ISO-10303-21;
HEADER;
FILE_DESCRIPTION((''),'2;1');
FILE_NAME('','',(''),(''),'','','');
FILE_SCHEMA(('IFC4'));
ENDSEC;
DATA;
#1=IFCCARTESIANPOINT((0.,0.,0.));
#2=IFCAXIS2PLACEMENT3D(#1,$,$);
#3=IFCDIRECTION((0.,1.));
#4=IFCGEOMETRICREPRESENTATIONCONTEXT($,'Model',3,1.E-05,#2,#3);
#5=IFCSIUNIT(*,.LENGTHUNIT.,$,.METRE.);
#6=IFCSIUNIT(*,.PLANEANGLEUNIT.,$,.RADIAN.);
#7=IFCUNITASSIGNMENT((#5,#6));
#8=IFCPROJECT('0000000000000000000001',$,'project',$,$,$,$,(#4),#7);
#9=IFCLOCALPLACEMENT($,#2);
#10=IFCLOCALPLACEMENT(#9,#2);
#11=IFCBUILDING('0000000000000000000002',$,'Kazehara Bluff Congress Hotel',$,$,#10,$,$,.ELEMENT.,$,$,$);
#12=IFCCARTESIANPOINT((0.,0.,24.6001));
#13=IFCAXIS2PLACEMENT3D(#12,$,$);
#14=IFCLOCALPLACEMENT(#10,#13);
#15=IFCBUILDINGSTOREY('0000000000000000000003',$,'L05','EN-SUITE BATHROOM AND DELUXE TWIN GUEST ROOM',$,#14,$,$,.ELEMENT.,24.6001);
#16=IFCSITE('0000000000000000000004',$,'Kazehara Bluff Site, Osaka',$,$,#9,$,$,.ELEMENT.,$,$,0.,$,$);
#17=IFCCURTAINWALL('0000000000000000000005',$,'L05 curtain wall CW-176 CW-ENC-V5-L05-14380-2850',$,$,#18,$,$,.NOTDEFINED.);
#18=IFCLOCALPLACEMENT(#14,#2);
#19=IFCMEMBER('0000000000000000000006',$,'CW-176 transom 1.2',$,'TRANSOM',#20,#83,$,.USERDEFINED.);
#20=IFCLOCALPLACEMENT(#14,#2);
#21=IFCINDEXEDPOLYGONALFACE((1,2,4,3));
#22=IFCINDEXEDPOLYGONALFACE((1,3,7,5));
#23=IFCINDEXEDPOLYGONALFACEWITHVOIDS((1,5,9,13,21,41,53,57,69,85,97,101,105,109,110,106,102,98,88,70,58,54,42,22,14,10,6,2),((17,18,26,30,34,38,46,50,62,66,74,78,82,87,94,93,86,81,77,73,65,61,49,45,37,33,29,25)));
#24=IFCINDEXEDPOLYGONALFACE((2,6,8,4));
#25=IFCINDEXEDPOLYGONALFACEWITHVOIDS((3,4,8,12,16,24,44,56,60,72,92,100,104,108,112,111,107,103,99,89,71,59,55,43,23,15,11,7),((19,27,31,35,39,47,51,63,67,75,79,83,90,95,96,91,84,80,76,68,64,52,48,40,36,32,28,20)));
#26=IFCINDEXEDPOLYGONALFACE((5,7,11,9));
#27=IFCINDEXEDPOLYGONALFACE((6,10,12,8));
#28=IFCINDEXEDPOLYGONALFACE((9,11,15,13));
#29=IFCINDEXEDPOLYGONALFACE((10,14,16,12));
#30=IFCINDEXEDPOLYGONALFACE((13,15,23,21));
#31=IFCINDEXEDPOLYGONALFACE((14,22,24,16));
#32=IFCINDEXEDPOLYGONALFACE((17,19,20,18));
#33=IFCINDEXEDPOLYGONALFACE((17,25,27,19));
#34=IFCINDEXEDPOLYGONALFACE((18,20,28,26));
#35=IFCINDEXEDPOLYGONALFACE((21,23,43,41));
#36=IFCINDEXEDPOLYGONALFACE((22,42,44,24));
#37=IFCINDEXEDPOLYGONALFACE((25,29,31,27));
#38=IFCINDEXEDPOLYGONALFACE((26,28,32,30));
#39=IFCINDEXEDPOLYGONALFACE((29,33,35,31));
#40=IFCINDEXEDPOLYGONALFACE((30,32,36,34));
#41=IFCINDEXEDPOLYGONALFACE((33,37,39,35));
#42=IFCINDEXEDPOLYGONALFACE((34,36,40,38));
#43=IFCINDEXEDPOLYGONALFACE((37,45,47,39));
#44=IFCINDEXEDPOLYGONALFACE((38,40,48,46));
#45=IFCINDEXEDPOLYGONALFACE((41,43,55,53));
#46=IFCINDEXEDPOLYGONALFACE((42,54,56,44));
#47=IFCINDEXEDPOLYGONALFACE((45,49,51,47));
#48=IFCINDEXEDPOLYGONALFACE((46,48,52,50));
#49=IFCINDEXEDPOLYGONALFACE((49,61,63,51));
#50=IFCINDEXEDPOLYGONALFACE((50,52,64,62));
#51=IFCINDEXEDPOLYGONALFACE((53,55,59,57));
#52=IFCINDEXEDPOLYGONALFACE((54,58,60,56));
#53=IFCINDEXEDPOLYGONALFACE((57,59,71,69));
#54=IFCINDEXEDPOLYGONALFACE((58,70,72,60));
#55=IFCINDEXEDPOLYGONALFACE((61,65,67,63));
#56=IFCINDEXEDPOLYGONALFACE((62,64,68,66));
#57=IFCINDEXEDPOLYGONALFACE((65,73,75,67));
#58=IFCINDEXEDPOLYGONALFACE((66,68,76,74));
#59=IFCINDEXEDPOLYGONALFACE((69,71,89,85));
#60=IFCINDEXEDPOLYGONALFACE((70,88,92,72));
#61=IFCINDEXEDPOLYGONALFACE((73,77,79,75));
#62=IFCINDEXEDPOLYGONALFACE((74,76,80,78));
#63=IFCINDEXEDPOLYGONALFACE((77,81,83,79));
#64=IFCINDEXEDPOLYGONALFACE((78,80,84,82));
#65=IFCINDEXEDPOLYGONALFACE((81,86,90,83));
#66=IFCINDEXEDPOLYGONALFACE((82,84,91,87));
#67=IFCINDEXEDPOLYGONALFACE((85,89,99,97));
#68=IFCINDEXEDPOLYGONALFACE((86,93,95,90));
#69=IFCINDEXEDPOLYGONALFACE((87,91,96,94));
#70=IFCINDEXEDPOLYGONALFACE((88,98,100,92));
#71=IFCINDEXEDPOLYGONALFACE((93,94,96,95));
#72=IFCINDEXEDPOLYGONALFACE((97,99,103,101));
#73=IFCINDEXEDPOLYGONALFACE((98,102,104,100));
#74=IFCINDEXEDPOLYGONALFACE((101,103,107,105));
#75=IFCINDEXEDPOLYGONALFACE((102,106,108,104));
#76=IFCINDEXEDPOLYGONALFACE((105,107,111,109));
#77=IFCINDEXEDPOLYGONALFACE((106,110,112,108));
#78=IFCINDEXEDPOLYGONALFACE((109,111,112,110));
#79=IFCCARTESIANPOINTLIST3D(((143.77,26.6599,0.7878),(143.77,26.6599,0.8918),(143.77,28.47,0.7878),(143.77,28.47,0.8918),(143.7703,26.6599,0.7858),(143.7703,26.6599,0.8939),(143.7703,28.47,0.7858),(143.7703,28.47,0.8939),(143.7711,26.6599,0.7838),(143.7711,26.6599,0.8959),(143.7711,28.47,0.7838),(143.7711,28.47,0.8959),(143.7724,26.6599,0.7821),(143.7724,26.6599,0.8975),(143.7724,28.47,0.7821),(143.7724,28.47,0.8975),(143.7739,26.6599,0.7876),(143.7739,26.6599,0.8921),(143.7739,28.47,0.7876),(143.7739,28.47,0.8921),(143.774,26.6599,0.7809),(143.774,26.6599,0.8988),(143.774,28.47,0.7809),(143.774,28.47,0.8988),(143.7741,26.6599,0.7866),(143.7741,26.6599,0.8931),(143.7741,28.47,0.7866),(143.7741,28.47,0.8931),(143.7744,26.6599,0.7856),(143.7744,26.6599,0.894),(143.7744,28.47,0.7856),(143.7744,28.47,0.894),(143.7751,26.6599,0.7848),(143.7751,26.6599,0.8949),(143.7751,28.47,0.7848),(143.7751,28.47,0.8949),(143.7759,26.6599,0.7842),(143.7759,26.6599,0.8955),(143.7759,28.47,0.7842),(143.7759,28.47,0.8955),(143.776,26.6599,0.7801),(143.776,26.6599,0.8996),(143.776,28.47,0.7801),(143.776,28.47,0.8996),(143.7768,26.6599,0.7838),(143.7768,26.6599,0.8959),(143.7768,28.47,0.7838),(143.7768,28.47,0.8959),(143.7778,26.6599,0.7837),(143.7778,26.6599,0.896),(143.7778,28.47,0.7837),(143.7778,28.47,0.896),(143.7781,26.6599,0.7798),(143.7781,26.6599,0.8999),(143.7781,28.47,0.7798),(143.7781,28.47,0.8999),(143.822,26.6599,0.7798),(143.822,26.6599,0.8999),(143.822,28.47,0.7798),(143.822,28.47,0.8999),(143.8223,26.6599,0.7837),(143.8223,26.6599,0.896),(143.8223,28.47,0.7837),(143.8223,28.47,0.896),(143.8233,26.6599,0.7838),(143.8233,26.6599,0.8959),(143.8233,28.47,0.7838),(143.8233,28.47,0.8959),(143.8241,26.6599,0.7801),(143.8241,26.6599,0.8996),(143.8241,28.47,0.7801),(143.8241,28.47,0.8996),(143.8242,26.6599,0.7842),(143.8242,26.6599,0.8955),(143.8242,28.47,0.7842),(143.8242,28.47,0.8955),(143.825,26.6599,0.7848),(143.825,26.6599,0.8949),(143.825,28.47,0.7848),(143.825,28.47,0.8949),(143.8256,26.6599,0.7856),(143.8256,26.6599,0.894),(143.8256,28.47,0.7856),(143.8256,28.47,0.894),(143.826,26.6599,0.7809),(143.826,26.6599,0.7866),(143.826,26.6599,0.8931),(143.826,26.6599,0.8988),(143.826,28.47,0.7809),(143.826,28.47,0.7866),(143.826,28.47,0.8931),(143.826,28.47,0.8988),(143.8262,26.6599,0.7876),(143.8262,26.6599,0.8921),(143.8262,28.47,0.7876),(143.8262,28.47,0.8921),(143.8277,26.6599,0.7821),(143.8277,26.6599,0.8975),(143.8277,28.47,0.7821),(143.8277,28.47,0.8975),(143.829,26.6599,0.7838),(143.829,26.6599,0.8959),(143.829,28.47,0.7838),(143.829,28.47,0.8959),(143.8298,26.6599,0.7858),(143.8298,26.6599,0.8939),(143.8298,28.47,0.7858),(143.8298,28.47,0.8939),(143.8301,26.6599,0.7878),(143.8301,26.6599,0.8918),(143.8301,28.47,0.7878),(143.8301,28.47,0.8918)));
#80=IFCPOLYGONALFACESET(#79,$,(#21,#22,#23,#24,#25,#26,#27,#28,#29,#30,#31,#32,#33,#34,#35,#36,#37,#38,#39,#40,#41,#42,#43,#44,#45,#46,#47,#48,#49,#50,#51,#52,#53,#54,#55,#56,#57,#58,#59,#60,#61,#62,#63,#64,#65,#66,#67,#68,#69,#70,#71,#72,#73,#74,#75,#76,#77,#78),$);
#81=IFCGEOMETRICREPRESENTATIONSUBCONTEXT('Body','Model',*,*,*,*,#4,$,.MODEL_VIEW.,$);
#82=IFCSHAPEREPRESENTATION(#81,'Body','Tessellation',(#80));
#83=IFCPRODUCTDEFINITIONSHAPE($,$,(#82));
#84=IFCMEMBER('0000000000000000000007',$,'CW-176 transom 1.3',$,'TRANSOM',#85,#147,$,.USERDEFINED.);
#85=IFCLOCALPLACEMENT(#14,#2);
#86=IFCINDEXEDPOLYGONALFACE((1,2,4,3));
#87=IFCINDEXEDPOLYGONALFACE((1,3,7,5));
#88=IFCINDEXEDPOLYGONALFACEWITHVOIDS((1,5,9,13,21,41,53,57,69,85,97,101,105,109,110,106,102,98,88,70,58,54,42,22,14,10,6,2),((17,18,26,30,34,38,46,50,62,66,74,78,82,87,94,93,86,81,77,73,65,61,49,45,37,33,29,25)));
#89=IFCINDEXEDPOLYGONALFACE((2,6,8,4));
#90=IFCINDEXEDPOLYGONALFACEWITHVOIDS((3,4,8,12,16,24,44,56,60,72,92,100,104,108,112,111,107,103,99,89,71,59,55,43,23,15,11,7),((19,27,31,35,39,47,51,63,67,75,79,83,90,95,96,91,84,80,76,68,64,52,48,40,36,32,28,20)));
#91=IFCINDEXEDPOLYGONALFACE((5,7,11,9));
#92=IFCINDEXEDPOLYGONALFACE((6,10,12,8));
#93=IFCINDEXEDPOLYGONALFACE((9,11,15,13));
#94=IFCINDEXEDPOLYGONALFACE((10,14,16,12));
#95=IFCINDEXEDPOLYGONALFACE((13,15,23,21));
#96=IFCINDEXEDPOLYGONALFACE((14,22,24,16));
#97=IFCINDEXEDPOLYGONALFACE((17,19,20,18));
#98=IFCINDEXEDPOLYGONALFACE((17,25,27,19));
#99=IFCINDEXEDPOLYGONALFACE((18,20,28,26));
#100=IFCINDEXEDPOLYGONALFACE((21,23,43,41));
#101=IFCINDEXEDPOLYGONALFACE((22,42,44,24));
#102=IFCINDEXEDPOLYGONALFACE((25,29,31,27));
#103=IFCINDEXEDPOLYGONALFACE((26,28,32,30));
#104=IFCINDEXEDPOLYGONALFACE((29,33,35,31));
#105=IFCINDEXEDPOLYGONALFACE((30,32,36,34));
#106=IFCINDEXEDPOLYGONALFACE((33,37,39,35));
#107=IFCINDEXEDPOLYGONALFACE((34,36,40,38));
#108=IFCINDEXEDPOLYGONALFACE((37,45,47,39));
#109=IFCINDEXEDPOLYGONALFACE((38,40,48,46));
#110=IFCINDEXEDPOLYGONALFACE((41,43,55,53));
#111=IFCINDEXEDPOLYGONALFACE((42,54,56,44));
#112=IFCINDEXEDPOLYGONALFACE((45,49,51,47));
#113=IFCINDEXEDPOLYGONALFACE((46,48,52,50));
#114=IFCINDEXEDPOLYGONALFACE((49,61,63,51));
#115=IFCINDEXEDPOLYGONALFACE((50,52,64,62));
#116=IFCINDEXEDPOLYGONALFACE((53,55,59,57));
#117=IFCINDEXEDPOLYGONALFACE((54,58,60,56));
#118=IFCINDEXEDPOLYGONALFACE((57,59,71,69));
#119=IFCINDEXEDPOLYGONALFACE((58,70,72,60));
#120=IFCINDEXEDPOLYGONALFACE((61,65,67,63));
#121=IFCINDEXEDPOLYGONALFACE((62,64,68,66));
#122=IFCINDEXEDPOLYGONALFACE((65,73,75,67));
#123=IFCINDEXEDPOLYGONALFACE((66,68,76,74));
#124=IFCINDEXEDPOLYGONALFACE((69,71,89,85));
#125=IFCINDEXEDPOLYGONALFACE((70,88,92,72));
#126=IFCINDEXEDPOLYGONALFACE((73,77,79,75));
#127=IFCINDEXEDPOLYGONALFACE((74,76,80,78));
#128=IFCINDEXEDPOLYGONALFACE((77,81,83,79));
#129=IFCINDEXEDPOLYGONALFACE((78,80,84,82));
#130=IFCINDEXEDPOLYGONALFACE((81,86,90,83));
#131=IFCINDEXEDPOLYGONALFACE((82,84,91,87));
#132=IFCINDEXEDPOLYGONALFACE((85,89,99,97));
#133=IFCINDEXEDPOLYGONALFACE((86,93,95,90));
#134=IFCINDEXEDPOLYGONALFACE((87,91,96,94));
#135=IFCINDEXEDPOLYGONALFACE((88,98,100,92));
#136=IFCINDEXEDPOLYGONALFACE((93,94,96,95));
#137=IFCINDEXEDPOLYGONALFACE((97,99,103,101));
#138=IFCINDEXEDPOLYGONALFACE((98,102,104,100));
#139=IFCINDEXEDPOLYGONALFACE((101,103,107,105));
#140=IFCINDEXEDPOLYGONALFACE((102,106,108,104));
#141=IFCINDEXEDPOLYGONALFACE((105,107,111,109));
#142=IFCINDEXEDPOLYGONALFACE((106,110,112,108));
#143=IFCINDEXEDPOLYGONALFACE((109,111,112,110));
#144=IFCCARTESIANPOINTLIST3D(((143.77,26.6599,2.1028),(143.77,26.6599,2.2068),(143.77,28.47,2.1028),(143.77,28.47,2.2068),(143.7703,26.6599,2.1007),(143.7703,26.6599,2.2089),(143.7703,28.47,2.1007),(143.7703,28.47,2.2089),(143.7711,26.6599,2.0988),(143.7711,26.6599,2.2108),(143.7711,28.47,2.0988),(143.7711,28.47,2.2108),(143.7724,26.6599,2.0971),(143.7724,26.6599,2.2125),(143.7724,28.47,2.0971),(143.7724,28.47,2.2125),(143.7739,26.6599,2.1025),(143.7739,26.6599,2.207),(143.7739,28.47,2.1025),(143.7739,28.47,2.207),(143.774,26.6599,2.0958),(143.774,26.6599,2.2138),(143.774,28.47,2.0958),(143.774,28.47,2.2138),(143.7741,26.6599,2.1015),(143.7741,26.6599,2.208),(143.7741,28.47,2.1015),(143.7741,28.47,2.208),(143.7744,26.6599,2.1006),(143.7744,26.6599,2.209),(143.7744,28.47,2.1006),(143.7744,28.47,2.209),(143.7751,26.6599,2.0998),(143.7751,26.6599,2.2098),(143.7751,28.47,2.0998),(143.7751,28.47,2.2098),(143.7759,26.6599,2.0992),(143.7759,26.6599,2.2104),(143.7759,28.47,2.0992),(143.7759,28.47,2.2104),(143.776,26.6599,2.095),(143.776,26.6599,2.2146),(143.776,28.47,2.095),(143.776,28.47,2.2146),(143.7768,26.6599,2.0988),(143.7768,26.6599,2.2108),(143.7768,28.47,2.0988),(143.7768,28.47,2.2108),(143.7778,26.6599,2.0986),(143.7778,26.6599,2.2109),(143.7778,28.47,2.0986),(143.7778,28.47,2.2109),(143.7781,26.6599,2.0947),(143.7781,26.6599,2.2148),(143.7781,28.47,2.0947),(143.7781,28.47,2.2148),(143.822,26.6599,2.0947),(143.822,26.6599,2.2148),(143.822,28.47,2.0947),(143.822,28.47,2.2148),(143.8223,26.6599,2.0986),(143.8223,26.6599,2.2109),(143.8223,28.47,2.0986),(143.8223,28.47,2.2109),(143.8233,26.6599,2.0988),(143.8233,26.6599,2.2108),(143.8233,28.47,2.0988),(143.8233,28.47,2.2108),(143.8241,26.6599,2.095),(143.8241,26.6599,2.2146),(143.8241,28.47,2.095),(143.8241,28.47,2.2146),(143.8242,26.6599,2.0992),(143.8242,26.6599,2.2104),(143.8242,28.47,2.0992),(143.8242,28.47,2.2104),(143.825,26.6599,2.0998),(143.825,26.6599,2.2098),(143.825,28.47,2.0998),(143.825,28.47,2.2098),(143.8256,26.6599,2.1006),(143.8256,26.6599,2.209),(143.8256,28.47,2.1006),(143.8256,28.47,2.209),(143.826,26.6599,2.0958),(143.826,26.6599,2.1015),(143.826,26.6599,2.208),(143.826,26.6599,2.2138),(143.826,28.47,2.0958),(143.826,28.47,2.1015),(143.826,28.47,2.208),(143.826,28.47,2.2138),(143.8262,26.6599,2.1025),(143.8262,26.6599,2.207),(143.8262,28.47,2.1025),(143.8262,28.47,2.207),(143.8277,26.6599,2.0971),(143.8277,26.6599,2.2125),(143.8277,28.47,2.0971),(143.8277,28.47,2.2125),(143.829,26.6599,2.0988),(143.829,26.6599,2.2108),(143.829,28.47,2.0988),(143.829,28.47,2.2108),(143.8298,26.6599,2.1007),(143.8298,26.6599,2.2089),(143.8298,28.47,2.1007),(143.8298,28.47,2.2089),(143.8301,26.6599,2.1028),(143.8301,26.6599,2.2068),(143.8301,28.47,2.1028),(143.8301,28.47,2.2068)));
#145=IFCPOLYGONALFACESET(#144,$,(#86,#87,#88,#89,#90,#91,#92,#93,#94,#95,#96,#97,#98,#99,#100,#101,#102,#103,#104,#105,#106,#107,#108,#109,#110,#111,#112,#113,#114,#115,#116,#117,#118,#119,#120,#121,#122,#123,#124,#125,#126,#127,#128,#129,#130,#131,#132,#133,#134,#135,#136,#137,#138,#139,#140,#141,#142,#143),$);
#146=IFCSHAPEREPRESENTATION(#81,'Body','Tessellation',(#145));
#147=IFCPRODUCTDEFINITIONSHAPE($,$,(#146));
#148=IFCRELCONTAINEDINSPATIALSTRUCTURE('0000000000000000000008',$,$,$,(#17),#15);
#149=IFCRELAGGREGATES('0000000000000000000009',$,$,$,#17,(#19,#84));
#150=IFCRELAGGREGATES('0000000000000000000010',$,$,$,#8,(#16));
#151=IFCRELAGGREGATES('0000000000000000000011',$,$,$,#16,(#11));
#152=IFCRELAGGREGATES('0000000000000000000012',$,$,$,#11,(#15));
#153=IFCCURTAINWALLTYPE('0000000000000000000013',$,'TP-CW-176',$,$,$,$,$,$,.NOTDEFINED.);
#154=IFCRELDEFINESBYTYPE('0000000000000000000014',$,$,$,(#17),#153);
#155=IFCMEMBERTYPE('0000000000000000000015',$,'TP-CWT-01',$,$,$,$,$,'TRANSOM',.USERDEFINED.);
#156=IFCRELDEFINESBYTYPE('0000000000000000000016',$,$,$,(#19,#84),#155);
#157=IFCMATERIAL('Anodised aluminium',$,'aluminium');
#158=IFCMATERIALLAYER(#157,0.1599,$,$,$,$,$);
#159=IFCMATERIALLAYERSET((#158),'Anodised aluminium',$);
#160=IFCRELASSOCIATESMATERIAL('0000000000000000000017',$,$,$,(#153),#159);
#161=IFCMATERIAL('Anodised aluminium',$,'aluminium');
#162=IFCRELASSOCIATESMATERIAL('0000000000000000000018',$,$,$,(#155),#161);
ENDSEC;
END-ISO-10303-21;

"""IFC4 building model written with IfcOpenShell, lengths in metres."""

from ifc_helpers import new_model, si_unit, direction, frame, origin, origin_2d, place, context, subcontext, project, spatial, hollow_rectangle, extrude, material, layer, layer_set, material_profile, profile_set, type_object, element, aggregate, save


model = new_model("IFC4")

# Units and contexts
model_context = context("Model", 3, precision=1e-05, world=origin(), true_north=direction((0.0, 1.0)))
body_context = subcontext(model_context, "Body", "Model", "MODEL_VIEW")
ifc_project = project(units=[si_unit("LENGTHUNIT", "METRE"), si_unit("PLANEANGLEUNIT", "RADIAN")], contexts=[model_context])

# Site, building, storey
site_placement = place(None, origin())
site = spatial("IfcSite", under=ifc_project, at=site_placement, Name="Kazehara Bluff Site, Osaka", CompositionType="ELEMENT", RefElevation=0.0)
building_placement = place(site_placement, origin())
building = spatial("IfcBuilding", under=site, at=building_placement, Name="Kazehara Bluff Congress Hotel", CompositionType="ELEMENT")
storey_placement = place(building_placement, frame((0.0, 0.0, 24.6001)))
storey = spatial("IfcBuildingStorey", under=building, at=storey_placement, Name="L05", Description="EN-SUITE BATHROOM AND DELUXE TWIN GUEST ROOM", CompositionType="ELEMENT", Elevation=24.6001)

# Curtain wall, members
ifc_material_1 = material(Name="Anodised aluminium", Category="aluminium")
ifc_layer_1 = layer(ifc_material_1, 0.1599)
ifc_layer_set_1 = layer_set([ifc_layer_1], Name="Anodised aluminium")
curtain_wall_type = type_object("IfcCurtainWallType", Name="TP-CW-176", PredefinedType="NOTDEFINED", material=ifc_layer_set_1)
curtain_wall_placement = place(storey_placement, origin())
curtain_wall = element("IfcCurtainWall", 1, at=curtain_wall_placement, inside=storey, type_object=curtain_wall_type, Name="L05 curtain wall CW-176 CW-ENC-V5-L05-14380-2850", PredefinedType="NOTDEFINED")
ifc_material_2 = material(Name="Anodised aluminium", Category="aluminium")
ifc_material_profile_1 = material_profile(ifc_material_2, hollow_rectangle(XDim=0.0601, YDim=0.1201, WallThickness=0.0039, InnerFilletRadius=0.0039, OuterFilletRadius=0.0081, at=origin_2d()))
ifc_profile_set_1 = profile_set([ifc_material_profile_1], Name="Anodised aluminium")
member_type_1 = type_object("IfcMemberType", Name="TP-CWT-01", ElementType="TRANSOM", PredefinedType="USERDEFINED", material=ifc_profile_set_1)
member_1_placement = place(storey_placement, frame((143.8, 26.6599, 0.8398), z_axis=(0.0, 1.0, 0.0), x_axis=(-1.0, 0.0, 0.0)))
member_1 = element("IfcMember", 2, at=member_1_placement, type_object=member_type_1, Name="CW-176 transom 1.2", ObjectType="TRANSOM", PredefinedType="USERDEFINED", context=body_context, shape_type="SweptSolid", body=[
    extrude(hollow_rectangle(XDim=0.0601, YDim=0.1201, WallThickness=0.0039, InnerFilletRadius=0.0039, OuterFilletRadius=0.0081, at=origin_2d()), origin(), (0.0, 0.0, 1.0), 1.8101),
])
member_2_placement = place(storey_placement, frame((143.8, 26.6599, 2.1548), z_axis=(0.0, 1.0, 0.0), x_axis=(-1.0, 0.0, 0.0)))
member_2 = element("IfcMember", 3, at=member_2_placement, type_object=member_type_1, Name="CW-176 transom 1.3", ObjectType="TRANSOM", PredefinedType="USERDEFINED", context=body_context, shape_type="SweptSolid", body=[
    extrude(hollow_rectangle(XDim=0.0601, YDim=0.1201, WallThickness=0.0039, InnerFilletRadius=0.0039, OuterFilletRadius=0.0081, at=origin_2d()), origin(), (0.0, 0.0, 1.0), 1.8101),
])
aggregate(curtain_wall, [member_1, member_2])

save(model, "model.ifc")
